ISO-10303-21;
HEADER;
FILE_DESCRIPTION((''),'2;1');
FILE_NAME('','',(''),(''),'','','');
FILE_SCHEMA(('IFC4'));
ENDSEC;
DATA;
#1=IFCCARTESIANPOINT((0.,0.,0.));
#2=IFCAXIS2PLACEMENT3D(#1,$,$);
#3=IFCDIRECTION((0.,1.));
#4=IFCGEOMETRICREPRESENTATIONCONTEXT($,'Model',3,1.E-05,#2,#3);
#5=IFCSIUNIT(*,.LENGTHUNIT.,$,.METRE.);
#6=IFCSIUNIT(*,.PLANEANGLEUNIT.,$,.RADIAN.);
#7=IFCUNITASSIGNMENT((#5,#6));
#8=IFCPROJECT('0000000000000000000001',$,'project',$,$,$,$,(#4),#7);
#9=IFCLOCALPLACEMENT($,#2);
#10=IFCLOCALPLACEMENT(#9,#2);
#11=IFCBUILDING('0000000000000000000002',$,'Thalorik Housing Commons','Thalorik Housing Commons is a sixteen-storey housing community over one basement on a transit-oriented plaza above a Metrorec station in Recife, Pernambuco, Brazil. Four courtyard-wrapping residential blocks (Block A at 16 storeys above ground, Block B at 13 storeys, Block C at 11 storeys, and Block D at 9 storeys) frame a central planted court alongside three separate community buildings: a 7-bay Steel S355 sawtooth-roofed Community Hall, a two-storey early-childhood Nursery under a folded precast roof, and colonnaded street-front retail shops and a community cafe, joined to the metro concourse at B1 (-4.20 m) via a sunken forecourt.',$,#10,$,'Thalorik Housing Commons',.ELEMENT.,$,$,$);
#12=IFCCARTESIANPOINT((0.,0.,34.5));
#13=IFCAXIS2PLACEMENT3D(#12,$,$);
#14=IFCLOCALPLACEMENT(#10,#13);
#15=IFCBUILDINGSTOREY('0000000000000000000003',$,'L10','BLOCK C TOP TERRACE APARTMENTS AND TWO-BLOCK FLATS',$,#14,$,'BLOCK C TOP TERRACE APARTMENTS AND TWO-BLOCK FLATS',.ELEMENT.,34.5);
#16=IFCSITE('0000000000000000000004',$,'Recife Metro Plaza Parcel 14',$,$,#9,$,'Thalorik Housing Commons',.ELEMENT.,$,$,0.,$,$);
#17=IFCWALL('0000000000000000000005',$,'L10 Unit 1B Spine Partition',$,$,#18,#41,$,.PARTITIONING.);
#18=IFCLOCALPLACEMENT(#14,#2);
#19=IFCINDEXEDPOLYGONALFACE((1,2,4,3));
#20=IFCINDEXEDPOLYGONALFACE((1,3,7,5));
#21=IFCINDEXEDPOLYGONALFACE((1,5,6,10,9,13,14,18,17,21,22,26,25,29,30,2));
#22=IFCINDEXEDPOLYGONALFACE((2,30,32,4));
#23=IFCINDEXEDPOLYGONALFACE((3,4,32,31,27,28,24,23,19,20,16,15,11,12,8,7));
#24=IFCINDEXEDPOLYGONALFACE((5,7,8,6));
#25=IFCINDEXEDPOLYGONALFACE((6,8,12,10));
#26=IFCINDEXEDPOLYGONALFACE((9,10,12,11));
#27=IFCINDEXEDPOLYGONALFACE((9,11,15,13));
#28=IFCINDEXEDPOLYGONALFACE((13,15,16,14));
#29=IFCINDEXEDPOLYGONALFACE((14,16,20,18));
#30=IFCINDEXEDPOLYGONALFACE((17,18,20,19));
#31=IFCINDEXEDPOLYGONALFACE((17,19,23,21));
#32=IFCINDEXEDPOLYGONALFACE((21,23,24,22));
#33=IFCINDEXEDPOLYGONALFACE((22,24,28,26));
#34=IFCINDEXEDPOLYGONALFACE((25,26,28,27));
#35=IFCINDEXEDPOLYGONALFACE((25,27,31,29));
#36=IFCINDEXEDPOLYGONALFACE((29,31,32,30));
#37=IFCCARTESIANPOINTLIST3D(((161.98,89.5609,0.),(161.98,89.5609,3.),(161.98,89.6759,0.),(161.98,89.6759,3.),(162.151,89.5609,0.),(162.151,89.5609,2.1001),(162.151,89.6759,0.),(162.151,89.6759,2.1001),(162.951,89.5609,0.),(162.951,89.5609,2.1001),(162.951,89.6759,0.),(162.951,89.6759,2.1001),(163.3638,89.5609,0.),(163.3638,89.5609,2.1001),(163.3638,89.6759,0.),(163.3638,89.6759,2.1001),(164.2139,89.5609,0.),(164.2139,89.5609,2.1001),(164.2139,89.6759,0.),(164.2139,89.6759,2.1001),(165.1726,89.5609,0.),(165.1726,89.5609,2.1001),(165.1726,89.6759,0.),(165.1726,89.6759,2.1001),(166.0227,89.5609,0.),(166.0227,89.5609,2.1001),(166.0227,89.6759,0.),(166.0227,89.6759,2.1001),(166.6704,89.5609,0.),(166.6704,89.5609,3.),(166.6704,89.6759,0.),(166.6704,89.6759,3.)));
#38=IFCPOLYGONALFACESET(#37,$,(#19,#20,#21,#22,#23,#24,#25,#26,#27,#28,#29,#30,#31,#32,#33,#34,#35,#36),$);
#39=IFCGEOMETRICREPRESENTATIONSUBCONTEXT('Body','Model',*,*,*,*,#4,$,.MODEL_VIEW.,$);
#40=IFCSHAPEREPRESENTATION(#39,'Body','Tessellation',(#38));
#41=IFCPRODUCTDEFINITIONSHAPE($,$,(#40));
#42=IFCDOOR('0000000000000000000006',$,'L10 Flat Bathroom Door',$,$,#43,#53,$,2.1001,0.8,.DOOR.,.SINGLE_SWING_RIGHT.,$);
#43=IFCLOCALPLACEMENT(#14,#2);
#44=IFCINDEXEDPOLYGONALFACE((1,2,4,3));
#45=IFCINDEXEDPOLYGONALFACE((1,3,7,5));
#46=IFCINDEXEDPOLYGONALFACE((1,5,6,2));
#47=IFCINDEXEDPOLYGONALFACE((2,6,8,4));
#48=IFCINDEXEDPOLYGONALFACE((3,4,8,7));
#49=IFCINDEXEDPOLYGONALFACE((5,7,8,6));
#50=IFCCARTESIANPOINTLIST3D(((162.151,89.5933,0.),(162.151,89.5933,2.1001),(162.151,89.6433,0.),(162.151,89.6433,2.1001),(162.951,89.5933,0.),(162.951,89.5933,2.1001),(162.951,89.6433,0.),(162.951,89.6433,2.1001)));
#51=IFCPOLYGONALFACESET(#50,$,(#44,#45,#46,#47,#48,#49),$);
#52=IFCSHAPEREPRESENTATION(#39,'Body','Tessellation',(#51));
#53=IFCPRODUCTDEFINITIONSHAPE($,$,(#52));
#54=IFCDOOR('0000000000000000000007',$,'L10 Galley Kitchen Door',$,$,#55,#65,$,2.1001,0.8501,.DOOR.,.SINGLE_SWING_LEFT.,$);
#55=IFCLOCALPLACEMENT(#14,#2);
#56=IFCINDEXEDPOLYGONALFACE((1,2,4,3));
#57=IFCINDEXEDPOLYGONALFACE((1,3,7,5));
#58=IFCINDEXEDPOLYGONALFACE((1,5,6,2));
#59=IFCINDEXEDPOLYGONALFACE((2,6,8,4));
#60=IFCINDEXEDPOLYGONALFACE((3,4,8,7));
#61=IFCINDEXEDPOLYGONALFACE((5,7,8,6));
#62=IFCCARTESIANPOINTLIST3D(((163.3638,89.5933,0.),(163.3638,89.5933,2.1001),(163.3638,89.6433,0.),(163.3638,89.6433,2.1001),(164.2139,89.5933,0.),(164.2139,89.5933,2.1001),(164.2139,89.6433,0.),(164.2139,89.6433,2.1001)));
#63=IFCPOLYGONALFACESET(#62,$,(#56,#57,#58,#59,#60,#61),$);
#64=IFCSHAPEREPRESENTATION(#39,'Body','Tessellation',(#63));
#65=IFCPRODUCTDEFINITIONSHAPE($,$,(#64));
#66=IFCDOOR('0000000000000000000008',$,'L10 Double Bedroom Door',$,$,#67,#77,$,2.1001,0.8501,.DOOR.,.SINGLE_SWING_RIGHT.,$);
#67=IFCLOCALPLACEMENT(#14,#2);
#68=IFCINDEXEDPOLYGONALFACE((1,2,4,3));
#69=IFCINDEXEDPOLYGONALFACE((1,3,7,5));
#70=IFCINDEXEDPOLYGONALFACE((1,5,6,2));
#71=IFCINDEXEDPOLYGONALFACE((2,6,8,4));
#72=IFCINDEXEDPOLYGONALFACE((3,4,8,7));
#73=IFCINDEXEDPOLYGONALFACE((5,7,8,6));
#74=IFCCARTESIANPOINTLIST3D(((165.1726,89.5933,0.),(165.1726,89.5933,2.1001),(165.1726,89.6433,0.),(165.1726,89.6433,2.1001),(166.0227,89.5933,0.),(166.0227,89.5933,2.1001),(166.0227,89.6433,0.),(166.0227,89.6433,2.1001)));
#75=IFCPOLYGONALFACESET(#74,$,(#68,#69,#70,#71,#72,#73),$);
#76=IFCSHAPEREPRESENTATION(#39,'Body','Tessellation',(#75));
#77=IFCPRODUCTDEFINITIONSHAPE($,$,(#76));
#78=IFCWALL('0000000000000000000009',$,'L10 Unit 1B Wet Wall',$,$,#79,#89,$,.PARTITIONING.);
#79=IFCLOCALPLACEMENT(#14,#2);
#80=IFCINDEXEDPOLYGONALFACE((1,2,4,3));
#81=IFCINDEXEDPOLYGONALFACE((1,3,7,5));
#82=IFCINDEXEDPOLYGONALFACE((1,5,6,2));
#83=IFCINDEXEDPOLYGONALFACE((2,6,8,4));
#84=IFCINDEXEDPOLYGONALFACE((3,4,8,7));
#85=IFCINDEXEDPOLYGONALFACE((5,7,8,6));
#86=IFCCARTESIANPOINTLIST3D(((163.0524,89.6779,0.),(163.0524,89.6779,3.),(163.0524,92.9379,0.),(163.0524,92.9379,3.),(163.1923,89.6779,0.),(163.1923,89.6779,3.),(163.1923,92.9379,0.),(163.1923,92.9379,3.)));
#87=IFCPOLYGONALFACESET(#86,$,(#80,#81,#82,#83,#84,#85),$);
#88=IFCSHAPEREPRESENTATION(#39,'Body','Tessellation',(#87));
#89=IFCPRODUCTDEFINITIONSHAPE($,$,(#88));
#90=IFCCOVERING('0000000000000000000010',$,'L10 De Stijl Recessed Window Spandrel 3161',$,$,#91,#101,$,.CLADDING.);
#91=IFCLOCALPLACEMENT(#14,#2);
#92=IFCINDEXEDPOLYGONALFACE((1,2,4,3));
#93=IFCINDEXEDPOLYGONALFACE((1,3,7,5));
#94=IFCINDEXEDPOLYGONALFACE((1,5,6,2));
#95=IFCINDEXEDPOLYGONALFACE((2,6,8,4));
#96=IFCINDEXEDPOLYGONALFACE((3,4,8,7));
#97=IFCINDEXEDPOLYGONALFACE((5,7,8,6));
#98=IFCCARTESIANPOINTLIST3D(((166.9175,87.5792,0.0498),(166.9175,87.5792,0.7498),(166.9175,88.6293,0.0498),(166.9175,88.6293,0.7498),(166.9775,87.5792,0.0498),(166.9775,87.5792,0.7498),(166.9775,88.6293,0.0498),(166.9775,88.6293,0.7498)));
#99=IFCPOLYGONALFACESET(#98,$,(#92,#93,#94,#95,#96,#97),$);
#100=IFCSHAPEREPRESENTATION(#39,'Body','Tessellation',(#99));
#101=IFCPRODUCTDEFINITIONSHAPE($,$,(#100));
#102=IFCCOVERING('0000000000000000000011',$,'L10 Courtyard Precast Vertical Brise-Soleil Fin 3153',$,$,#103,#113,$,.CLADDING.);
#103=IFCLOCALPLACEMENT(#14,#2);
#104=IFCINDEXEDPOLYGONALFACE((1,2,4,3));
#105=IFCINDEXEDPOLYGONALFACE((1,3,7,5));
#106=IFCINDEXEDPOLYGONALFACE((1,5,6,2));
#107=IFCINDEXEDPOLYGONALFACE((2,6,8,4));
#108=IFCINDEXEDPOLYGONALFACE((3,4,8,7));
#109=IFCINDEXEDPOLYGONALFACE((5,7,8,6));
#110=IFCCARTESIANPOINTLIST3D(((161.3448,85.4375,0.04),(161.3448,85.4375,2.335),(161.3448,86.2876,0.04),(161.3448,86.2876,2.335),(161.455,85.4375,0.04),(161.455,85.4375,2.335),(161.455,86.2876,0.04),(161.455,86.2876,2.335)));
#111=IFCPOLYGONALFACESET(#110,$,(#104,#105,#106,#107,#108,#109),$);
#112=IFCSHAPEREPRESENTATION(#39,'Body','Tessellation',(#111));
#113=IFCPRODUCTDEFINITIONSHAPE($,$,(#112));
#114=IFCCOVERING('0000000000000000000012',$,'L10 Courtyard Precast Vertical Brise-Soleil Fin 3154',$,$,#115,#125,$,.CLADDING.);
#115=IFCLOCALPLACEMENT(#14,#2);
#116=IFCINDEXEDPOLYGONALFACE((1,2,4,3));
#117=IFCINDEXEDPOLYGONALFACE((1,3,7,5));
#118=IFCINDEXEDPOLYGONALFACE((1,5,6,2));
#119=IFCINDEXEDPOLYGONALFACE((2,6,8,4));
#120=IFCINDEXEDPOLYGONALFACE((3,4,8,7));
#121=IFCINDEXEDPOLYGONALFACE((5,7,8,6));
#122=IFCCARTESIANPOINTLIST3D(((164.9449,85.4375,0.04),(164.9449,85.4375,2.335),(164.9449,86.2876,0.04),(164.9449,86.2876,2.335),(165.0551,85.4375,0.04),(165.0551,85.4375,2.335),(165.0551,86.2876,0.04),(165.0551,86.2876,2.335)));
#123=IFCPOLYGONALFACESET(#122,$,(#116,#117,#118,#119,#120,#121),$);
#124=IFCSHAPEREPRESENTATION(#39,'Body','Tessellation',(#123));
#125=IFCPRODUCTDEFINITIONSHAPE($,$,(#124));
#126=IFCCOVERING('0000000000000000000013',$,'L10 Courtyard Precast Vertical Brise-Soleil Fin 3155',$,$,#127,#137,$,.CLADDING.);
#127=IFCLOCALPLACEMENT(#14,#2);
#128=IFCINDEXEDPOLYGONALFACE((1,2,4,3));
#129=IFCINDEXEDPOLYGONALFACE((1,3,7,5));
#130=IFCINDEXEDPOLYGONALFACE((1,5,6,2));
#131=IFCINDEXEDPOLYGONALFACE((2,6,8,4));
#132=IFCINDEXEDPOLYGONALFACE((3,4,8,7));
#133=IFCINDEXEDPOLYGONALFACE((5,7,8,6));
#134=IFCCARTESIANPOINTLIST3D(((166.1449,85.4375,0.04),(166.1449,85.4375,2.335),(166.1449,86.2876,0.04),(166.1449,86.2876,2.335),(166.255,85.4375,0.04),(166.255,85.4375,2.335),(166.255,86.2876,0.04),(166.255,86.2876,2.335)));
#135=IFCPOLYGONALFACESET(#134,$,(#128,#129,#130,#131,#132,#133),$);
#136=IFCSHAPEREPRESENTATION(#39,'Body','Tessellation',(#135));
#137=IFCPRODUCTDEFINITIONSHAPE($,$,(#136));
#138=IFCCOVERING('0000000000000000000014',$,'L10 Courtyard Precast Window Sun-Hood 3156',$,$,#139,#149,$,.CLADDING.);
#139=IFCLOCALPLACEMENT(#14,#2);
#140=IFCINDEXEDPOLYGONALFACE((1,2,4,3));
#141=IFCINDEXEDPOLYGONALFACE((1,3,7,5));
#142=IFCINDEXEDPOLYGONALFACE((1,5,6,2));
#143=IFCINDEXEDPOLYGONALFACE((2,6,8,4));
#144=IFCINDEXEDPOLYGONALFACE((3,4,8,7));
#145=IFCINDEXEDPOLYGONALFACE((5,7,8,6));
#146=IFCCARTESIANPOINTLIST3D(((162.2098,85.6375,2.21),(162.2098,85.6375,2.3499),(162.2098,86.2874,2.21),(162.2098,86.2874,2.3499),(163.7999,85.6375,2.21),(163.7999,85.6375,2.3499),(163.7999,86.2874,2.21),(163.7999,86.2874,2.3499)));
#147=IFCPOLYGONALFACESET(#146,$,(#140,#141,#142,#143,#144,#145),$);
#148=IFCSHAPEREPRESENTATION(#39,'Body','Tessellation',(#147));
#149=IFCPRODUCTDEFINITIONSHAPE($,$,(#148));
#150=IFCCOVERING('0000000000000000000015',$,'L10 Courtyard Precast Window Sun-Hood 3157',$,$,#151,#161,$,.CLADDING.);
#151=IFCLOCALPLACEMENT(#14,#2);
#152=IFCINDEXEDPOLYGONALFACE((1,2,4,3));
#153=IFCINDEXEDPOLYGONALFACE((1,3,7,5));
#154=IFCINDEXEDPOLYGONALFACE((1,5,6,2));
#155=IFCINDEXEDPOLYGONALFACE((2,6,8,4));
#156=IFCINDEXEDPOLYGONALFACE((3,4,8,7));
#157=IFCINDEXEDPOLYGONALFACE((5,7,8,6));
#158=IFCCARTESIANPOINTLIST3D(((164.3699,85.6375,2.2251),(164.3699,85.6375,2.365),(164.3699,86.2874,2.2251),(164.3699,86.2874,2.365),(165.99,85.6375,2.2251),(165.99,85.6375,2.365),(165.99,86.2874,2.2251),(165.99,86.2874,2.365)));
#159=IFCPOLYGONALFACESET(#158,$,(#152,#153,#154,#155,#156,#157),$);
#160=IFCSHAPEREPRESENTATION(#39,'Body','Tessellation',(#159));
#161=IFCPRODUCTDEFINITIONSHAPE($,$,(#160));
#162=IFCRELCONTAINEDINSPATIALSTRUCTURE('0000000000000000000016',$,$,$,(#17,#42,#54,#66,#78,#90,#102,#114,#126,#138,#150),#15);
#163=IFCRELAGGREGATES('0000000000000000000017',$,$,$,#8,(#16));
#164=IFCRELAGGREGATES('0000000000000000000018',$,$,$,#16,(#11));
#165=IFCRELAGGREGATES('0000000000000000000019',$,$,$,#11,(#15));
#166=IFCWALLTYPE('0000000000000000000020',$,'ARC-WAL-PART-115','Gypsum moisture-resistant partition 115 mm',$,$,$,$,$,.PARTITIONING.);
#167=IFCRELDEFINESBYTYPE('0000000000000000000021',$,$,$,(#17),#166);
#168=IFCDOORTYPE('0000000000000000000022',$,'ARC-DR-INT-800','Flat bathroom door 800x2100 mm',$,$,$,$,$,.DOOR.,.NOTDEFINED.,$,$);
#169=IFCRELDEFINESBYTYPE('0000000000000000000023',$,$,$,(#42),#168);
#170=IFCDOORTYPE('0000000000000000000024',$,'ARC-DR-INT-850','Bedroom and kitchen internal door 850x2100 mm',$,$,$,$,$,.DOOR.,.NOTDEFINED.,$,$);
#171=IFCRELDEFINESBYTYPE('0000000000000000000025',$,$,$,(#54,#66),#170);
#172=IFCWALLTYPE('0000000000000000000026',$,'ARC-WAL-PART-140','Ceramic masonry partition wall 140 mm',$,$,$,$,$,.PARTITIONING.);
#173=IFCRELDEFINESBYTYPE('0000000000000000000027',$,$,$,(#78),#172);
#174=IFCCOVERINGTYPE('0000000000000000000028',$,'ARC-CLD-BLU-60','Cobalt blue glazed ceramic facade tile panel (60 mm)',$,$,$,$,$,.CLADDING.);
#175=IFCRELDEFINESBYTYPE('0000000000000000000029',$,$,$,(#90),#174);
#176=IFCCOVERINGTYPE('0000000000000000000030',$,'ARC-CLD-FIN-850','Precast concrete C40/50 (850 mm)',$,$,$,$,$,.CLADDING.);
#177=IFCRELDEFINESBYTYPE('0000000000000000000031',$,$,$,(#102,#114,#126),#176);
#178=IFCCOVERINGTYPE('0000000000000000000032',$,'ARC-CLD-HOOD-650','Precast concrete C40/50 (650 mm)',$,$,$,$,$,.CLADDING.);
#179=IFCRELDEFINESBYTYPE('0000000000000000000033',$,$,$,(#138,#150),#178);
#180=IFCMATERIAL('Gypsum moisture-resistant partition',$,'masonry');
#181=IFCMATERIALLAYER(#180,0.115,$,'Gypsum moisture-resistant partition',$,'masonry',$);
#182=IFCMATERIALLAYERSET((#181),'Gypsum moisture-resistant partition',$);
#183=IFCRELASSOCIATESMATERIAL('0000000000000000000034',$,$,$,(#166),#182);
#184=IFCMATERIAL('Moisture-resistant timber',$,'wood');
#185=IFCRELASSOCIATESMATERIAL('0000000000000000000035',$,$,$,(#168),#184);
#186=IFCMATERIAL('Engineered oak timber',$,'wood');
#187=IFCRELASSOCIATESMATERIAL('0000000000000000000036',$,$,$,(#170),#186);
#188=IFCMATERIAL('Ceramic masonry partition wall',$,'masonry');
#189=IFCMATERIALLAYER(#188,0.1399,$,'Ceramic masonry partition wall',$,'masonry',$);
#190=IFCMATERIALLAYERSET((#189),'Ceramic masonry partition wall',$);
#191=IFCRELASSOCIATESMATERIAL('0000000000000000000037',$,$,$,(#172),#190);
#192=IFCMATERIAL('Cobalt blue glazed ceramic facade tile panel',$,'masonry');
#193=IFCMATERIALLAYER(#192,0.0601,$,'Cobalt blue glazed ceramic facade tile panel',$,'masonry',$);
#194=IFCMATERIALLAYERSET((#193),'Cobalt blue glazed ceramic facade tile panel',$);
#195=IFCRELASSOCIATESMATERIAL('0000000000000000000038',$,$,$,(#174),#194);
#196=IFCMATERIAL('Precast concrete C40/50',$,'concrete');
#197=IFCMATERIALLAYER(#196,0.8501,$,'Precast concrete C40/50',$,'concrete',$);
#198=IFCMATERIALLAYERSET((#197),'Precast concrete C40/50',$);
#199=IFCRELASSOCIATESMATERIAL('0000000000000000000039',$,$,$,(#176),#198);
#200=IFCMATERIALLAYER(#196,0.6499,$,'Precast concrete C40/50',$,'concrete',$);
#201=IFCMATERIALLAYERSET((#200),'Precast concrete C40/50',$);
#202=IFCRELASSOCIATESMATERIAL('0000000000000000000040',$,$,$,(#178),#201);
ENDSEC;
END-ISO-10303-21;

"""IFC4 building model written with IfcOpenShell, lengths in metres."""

from ifc_helpers import new_model, si_unit, direction, frame, frame_2d, origin, origin_2d, place, context, subcontext, project, spatial, rectangle, extrude, material, layer, layer_set, type_object, element, fill, save


model = new_model("IFC4")

# Units and contexts
model_context = context("Model", 3, precision=1e-05, world=origin(), true_north=direction((0.0, 1.0)))
body_context = subcontext(model_context, "Body", "Model", "MODEL_VIEW")
ifc_project = project(units=[si_unit("LENGTHUNIT", "METRE"), si_unit("PLANEANGLEUNIT", "RADIAN")], contexts=[model_context])

# Site, building, storey
site_placement = place(None, origin())
site = spatial("IfcSite", under=ifc_project, at=site_placement, Name="Recife Metro Plaza Parcel 14", LongName="Thalorik Housing Commons", CompositionType="ELEMENT", RefElevation=0.0)
building_placement = place(site_placement, origin())
building = spatial("IfcBuilding", under=site, at=building_placement, Name="Thalorik Housing Commons", Description="Thalorik Housing Commons is a sixteen-storey housing community over one basement on a transit-oriented plaza above a Metrorec station in Recife, Pernambuco, Brazil. Four courtyard-wrapping residential blocks (Block A at 16 storeys above ground, Block B at 13 storeys, Block C at 11 storeys, and Block D at 9 storeys) frame a central planted court alongside three separate community buildings: a 7-bay Steel S355 sawtooth-roofed Community Hall, a two-storey early-childhood Nursery under a folded precast roof, and colonnaded street-front retail shops and a community cafe, joined to the metro concourse at B1 (-4.20 m) via a sunken forecourt.", LongName="Thalorik Housing Commons", CompositionType="ELEMENT")
storey_placement = place(building_placement, frame((0.0, 0.0, 34.5)))
storey = spatial("IfcBuildingStorey", under=building, at=storey_placement, Name="L10", Description="BLOCK C TOP TERRACE APARTMENTS AND TWO-BLOCK FLATS", LongName="BLOCK C TOP TERRACE APARTMENTS AND TWO-BLOCK FLATS", CompositionType="ELEMENT", Elevation=34.5)

# Shared definitions
ifc_material_1 = material(Name="Precast concrete C40/50", Category="concrete")

# Wall, openings, doors
ifc_material_2 = material(Name="Gypsum moisture-resistant partition", Category="masonry")
ifc_layer_1 = layer(ifc_material_2, 0.115, Name="Gypsum moisture-resistant partition", Category="masonry")
ifc_layer_set_1 = layer_set([ifc_layer_1], Name="Gypsum moisture-resistant partition")
wall_type_1 = type_object("IfcWallType", Name="ARC-WAL-PART-115", Description="Gypsum moisture-resistant partition 115 mm", PredefinedType="PARTITIONING", material=ifc_layer_set_1)
wall_1_placement = place(storey_placement, frame((161.98, 89.6184, 0.0), z_axis=(0.0, 0.0, 1.0), x_axis=(1.0, 0.0, 0.0)))
wall_1 = element("IfcWall", 1, at=wall_1_placement, inside=storey, type_object=wall_type_1, Name="L10 Unit 1B Spine Partition", PredefinedType="PARTITIONING", context=body_context, shape_type="SweptSolid", body=[
    extrude(rectangle(XDim=4.6904, YDim=0.115, at=frame_2d((2.3452, 0.0))), origin(), (0.0, 0.0, 1.0), 3.0),
])
opening_1_placement = place(wall_1_placement, frame((0.1711, 0.0, 0.0)))
opening_1 = element("IfcOpeningElement", 2, at=opening_1_placement, cuts=wall_1, PredefinedType="OPENING", context=body_context, shape_type="SweptSolid", body=[
    extrude(rectangle(XDim=0.8, YDim=2.1001, at=frame_2d((0.3999, 1.05))), frame((0.0, 0.0674, 0.0), z_axis=(0.0, -1.0, 0.0), x_axis=(1.0, 0.0, 0.0)), (0.0, 0.0, 1.0), 0.135),
])
opening_2_placement = place(wall_1_placement, frame((1.3838, 0.0, 0.0)))
opening_2 = element("IfcOpeningElement", 3, at=opening_2_placement, cuts=wall_1, PredefinedType="OPENING", context=body_context, shape_type="SweptSolid", body=[
    extrude(rectangle(XDim=0.8501, YDim=2.1001, at=frame_2d((0.425, 1.05))), frame((0.0, 0.0674, 0.0), z_axis=(0.0, -1.0, 0.0), x_axis=(1.0, 0.0, 0.0)), (0.0, 0.0, 1.0), 0.135),
])
opening_3_placement = place(wall_1_placement, frame((3.1926, 0.0, 0.0)))
opening_3 = element("IfcOpeningElement", 4, at=opening_3_placement, cuts=wall_1, PredefinedType="OPENING", context=body_context, shape_type="SweptSolid", body=[
    extrude(rectangle(XDim=0.8501, YDim=2.1001, at=frame_2d((0.425, 1.05))), frame((0.0, 0.0674, 0.0), z_axis=(0.0, -1.0, 0.0), x_axis=(1.0, 0.0, 0.0)), (0.0, 0.0, 1.0), 0.135),
])
ifc_material_3 = material(Name="Moisture-resistant timber", Category="wood")
door_type_1 = type_object("IfcDoorType", Name="ARC-DR-INT-800", Description="Flat bathroom door 800x2100 mm", OperationType="NOTDEFINED", PredefinedType="DOOR", material=ifc_material_3)
door_1_placement = place(opening_1_placement, origin())
door_1 = element("IfcDoor", 5, at=door_1_placement, inside=storey, type_object=door_type_1, Name="L10 Flat Bathroom Door", OperationType="SINGLE_SWING_RIGHT", OverallHeight=2.1001, OverallWidth=0.8, PredefinedType="DOOR", context=body_context, shape_type="SweptSolid", body=[
    extrude(rectangle(XDim=0.8, YDim=2.1001, at=frame_2d((0.3999, 1.05))), frame((0.0, 0.0249, 0.0), z_axis=(0.0, -1.0, 0.0), x_axis=(1.0, 0.0, 0.0)), (0.0, 0.0, 1.0), 0.05),
])
fill(opening_1, door_1)
ifc_material_4 = material(Name="Engineered oak timber", Category="wood")
door_type_2 = type_object("IfcDoorType", Name="ARC-DR-INT-850", Description="Bedroom and kitchen internal door 850x2100 mm", OperationType="NOTDEFINED", PredefinedType="DOOR", material=ifc_material_4)
door_2_placement = place(opening_2_placement, origin())
door_2 = element("IfcDoor", 6, at=door_2_placement, inside=storey, type_object=door_type_2, Name="L10 Galley Kitchen Door", OperationType="SINGLE_SWING_LEFT", OverallHeight=2.1001, OverallWidth=0.8501, PredefinedType="DOOR", context=body_context, shape_type="SweptSolid", body=[
    extrude(rectangle(XDim=0.8501, YDim=2.1001, at=frame_2d((0.425, 1.05))), frame((0.0, 0.0249, 0.0), z_axis=(0.0, -1.0, 0.0), x_axis=(1.0, 0.0, 0.0)), (0.0, 0.0, 1.0), 0.05),
])
fill(opening_2, door_2)
door_3_placement = place(opening_3_placement, origin())
door_3 = element("IfcDoor", 7, at=door_3_placement, inside=storey, type_object=door_type_2, Name="L10 Double Bedroom Door", OperationType="SINGLE_SWING_RIGHT", OverallHeight=2.1001, OverallWidth=0.8501, PredefinedType="DOOR", context=body_context, shape_type="SweptSolid", body=[
    extrude(rectangle(XDim=0.8501, YDim=2.1001, at=frame_2d((0.425, 1.05))), frame((0.0, 0.0249, 0.0), z_axis=(0.0, -1.0, 0.0), x_axis=(1.0, 0.0, 0.0)), (0.0, 0.0, 1.0), 0.05),
])
fill(opening_3, door_3)

# Wall
ifc_material_5 = material(Name="Ceramic masonry partition wall", Category="masonry")
ifc_layer_2 = layer(ifc_material_5, 0.1399, Name="Ceramic masonry partition wall", Category="masonry")
ifc_layer_set_2 = layer_set([ifc_layer_2], Name="Ceramic masonry partition wall")
wall_type_2 = type_object("IfcWallType", Name="ARC-WAL-PART-140", Description="Ceramic masonry partition wall 140 mm", PredefinedType="PARTITIONING", material=ifc_layer_set_2)
wall_2_placement = place(storey_placement, frame((163.1223, 89.678, 0.0), z_axis=(0.0, 0.0, 1.0), x_axis=(0.0, 1.0, 0.0)))
element("IfcWall", 8, at=wall_2_placement, inside=storey, type_object=wall_type_2, Name="L10 Unit 1B Wet Wall", PredefinedType="PARTITIONING", context=body_context, shape_type="SweptSolid", body=[
    extrude(rectangle(XDim=3.26, YDim=0.1399, at=frame_2d((1.6299, 0.0))), origin(), (0.0, 0.0, 1.0), 3.0),
])

# Coverings
ifc_material_6 = material(Name="Cobalt blue glazed ceramic facade tile panel", Category="masonry")
ifc_layer_3 = layer(ifc_material_6, 0.0601, Name="Cobalt blue glazed ceramic facade tile panel", Category="masonry")
ifc_layer_set_3 = layer_set([ifc_layer_3], Name="Cobalt blue glazed ceramic facade tile panel")
covering_type_1 = type_object("IfcCoveringType", Name="ARC-CLD-BLU-60", Description="Cobalt blue glazed ceramic facade tile panel (60 mm)", PredefinedType="CLADDING", material=ifc_layer_set_3)
covering_1_placement = place(storey_placement, frame((166.9475, 88.1042, 0.0498), z_axis=(0.0, 0.0, 1.0), x_axis=(0.0, 1.0, 0.0)))
element("IfcCovering", 9, at=covering_1_placement, inside=storey, type_object=covering_type_1, Name="L10 De Stijl Recessed Window Spandrel 3161", PredefinedType="CLADDING", context=body_context, shape_type="SweptSolid", body=[
    extrude(rectangle(XDim=1.05, YDim=0.0601, at=origin_2d()), origin(), (0.0, 0.0, 1.0), 0.7),
])
ifc_layer_4 = layer(ifc_material_1, 0.8501, Name="Precast concrete C40/50", Category="concrete")
ifc_layer_set_4 = layer_set([ifc_layer_4], Name="Precast concrete C40/50")
covering_type_2 = type_object("IfcCoveringType", Name="ARC-CLD-FIN-850", Description="Precast concrete C40/50 (850 mm)", PredefinedType="CLADDING", material=ifc_layer_set_4)
for number, where, z_axis, x_axis, name in (
    (10, (161.3999, 85.8625, 0.04), (0.0, 0.0, 1.0), (1.0, 0.0, 0.0), "L10 Courtyard Precast Vertical Brise-Soleil Fin 3153"),
    (11, (165.0, 85.8625, 0.04), (0.0, 0.0, 1.0), (1.0, 0.0, 0.0), "L10 Courtyard Precast Vertical Brise-Soleil Fin 3154"),
    (12, (166.2, 85.8625, 0.04), (0.0, 0.0, 1.0), (1.0, 0.0, 0.0), "L10 Courtyard Precast Vertical Brise-Soleil Fin 3155"),
):
    element("IfcCovering", number, at=place(storey_placement, frame(where, z_axis=z_axis, x_axis=x_axis)), inside=storey, type_object=covering_type_2, Name=name, PredefinedType="CLADDING", context=body_context, shape_type="SweptSolid", body=[
        extrude(rectangle(XDim=0.1101, YDim=0.8501, at=origin_2d()), origin(), (0.0, 0.0, 1.0), 2.2949),
    ])
ifc_layer_5 = layer(ifc_material_1, 0.6499, Name="Precast concrete C40/50", Category="concrete")
ifc_layer_set_5 = layer_set([ifc_layer_5], Name="Precast concrete C40/50")
covering_type_3 = type_object("IfcCoveringType", Name="ARC-CLD-HOOD-650", Description="Precast concrete C40/50 (650 mm)", PredefinedType="CLADDING", material=ifc_layer_set_5)
covering_2_placement = place(storey_placement, frame((163.0049, 85.9624, 2.21), z_axis=(0.0, 0.0, 1.0), x_axis=(1.0, 0.0, 0.0)))
element("IfcCovering", 13, at=covering_2_placement, inside=storey, type_object=covering_type_3, Name="L10 Courtyard Precast Window Sun-Hood 3156", PredefinedType="CLADDING", context=body_context, shape_type="SweptSolid", body=[
    extrude(rectangle(XDim=1.5901, YDim=0.6499, at=origin_2d()), origin(), (0.0, 0.0, 1.0), 0.1399),
])
covering_3_placement = place(storey_placement, frame((165.1799, 85.9624, 2.2251), z_axis=(0.0, 0.0, 1.0), x_axis=(1.0, 0.0, 0.0)))
element("IfcCovering", 14, at=covering_3_placement, inside=storey, type_object=covering_type_3, Name="L10 Courtyard Precast Window Sun-Hood 3157", PredefinedType="CLADDING", context=body_context, shape_type="SweptSolid", body=[
    extrude(rectangle(XDim=1.6201, YDim=0.6499, at=origin_2d()), origin(), (0.0, 0.0, 1.0), 0.1399),
])

save(model, "model.ifc")
